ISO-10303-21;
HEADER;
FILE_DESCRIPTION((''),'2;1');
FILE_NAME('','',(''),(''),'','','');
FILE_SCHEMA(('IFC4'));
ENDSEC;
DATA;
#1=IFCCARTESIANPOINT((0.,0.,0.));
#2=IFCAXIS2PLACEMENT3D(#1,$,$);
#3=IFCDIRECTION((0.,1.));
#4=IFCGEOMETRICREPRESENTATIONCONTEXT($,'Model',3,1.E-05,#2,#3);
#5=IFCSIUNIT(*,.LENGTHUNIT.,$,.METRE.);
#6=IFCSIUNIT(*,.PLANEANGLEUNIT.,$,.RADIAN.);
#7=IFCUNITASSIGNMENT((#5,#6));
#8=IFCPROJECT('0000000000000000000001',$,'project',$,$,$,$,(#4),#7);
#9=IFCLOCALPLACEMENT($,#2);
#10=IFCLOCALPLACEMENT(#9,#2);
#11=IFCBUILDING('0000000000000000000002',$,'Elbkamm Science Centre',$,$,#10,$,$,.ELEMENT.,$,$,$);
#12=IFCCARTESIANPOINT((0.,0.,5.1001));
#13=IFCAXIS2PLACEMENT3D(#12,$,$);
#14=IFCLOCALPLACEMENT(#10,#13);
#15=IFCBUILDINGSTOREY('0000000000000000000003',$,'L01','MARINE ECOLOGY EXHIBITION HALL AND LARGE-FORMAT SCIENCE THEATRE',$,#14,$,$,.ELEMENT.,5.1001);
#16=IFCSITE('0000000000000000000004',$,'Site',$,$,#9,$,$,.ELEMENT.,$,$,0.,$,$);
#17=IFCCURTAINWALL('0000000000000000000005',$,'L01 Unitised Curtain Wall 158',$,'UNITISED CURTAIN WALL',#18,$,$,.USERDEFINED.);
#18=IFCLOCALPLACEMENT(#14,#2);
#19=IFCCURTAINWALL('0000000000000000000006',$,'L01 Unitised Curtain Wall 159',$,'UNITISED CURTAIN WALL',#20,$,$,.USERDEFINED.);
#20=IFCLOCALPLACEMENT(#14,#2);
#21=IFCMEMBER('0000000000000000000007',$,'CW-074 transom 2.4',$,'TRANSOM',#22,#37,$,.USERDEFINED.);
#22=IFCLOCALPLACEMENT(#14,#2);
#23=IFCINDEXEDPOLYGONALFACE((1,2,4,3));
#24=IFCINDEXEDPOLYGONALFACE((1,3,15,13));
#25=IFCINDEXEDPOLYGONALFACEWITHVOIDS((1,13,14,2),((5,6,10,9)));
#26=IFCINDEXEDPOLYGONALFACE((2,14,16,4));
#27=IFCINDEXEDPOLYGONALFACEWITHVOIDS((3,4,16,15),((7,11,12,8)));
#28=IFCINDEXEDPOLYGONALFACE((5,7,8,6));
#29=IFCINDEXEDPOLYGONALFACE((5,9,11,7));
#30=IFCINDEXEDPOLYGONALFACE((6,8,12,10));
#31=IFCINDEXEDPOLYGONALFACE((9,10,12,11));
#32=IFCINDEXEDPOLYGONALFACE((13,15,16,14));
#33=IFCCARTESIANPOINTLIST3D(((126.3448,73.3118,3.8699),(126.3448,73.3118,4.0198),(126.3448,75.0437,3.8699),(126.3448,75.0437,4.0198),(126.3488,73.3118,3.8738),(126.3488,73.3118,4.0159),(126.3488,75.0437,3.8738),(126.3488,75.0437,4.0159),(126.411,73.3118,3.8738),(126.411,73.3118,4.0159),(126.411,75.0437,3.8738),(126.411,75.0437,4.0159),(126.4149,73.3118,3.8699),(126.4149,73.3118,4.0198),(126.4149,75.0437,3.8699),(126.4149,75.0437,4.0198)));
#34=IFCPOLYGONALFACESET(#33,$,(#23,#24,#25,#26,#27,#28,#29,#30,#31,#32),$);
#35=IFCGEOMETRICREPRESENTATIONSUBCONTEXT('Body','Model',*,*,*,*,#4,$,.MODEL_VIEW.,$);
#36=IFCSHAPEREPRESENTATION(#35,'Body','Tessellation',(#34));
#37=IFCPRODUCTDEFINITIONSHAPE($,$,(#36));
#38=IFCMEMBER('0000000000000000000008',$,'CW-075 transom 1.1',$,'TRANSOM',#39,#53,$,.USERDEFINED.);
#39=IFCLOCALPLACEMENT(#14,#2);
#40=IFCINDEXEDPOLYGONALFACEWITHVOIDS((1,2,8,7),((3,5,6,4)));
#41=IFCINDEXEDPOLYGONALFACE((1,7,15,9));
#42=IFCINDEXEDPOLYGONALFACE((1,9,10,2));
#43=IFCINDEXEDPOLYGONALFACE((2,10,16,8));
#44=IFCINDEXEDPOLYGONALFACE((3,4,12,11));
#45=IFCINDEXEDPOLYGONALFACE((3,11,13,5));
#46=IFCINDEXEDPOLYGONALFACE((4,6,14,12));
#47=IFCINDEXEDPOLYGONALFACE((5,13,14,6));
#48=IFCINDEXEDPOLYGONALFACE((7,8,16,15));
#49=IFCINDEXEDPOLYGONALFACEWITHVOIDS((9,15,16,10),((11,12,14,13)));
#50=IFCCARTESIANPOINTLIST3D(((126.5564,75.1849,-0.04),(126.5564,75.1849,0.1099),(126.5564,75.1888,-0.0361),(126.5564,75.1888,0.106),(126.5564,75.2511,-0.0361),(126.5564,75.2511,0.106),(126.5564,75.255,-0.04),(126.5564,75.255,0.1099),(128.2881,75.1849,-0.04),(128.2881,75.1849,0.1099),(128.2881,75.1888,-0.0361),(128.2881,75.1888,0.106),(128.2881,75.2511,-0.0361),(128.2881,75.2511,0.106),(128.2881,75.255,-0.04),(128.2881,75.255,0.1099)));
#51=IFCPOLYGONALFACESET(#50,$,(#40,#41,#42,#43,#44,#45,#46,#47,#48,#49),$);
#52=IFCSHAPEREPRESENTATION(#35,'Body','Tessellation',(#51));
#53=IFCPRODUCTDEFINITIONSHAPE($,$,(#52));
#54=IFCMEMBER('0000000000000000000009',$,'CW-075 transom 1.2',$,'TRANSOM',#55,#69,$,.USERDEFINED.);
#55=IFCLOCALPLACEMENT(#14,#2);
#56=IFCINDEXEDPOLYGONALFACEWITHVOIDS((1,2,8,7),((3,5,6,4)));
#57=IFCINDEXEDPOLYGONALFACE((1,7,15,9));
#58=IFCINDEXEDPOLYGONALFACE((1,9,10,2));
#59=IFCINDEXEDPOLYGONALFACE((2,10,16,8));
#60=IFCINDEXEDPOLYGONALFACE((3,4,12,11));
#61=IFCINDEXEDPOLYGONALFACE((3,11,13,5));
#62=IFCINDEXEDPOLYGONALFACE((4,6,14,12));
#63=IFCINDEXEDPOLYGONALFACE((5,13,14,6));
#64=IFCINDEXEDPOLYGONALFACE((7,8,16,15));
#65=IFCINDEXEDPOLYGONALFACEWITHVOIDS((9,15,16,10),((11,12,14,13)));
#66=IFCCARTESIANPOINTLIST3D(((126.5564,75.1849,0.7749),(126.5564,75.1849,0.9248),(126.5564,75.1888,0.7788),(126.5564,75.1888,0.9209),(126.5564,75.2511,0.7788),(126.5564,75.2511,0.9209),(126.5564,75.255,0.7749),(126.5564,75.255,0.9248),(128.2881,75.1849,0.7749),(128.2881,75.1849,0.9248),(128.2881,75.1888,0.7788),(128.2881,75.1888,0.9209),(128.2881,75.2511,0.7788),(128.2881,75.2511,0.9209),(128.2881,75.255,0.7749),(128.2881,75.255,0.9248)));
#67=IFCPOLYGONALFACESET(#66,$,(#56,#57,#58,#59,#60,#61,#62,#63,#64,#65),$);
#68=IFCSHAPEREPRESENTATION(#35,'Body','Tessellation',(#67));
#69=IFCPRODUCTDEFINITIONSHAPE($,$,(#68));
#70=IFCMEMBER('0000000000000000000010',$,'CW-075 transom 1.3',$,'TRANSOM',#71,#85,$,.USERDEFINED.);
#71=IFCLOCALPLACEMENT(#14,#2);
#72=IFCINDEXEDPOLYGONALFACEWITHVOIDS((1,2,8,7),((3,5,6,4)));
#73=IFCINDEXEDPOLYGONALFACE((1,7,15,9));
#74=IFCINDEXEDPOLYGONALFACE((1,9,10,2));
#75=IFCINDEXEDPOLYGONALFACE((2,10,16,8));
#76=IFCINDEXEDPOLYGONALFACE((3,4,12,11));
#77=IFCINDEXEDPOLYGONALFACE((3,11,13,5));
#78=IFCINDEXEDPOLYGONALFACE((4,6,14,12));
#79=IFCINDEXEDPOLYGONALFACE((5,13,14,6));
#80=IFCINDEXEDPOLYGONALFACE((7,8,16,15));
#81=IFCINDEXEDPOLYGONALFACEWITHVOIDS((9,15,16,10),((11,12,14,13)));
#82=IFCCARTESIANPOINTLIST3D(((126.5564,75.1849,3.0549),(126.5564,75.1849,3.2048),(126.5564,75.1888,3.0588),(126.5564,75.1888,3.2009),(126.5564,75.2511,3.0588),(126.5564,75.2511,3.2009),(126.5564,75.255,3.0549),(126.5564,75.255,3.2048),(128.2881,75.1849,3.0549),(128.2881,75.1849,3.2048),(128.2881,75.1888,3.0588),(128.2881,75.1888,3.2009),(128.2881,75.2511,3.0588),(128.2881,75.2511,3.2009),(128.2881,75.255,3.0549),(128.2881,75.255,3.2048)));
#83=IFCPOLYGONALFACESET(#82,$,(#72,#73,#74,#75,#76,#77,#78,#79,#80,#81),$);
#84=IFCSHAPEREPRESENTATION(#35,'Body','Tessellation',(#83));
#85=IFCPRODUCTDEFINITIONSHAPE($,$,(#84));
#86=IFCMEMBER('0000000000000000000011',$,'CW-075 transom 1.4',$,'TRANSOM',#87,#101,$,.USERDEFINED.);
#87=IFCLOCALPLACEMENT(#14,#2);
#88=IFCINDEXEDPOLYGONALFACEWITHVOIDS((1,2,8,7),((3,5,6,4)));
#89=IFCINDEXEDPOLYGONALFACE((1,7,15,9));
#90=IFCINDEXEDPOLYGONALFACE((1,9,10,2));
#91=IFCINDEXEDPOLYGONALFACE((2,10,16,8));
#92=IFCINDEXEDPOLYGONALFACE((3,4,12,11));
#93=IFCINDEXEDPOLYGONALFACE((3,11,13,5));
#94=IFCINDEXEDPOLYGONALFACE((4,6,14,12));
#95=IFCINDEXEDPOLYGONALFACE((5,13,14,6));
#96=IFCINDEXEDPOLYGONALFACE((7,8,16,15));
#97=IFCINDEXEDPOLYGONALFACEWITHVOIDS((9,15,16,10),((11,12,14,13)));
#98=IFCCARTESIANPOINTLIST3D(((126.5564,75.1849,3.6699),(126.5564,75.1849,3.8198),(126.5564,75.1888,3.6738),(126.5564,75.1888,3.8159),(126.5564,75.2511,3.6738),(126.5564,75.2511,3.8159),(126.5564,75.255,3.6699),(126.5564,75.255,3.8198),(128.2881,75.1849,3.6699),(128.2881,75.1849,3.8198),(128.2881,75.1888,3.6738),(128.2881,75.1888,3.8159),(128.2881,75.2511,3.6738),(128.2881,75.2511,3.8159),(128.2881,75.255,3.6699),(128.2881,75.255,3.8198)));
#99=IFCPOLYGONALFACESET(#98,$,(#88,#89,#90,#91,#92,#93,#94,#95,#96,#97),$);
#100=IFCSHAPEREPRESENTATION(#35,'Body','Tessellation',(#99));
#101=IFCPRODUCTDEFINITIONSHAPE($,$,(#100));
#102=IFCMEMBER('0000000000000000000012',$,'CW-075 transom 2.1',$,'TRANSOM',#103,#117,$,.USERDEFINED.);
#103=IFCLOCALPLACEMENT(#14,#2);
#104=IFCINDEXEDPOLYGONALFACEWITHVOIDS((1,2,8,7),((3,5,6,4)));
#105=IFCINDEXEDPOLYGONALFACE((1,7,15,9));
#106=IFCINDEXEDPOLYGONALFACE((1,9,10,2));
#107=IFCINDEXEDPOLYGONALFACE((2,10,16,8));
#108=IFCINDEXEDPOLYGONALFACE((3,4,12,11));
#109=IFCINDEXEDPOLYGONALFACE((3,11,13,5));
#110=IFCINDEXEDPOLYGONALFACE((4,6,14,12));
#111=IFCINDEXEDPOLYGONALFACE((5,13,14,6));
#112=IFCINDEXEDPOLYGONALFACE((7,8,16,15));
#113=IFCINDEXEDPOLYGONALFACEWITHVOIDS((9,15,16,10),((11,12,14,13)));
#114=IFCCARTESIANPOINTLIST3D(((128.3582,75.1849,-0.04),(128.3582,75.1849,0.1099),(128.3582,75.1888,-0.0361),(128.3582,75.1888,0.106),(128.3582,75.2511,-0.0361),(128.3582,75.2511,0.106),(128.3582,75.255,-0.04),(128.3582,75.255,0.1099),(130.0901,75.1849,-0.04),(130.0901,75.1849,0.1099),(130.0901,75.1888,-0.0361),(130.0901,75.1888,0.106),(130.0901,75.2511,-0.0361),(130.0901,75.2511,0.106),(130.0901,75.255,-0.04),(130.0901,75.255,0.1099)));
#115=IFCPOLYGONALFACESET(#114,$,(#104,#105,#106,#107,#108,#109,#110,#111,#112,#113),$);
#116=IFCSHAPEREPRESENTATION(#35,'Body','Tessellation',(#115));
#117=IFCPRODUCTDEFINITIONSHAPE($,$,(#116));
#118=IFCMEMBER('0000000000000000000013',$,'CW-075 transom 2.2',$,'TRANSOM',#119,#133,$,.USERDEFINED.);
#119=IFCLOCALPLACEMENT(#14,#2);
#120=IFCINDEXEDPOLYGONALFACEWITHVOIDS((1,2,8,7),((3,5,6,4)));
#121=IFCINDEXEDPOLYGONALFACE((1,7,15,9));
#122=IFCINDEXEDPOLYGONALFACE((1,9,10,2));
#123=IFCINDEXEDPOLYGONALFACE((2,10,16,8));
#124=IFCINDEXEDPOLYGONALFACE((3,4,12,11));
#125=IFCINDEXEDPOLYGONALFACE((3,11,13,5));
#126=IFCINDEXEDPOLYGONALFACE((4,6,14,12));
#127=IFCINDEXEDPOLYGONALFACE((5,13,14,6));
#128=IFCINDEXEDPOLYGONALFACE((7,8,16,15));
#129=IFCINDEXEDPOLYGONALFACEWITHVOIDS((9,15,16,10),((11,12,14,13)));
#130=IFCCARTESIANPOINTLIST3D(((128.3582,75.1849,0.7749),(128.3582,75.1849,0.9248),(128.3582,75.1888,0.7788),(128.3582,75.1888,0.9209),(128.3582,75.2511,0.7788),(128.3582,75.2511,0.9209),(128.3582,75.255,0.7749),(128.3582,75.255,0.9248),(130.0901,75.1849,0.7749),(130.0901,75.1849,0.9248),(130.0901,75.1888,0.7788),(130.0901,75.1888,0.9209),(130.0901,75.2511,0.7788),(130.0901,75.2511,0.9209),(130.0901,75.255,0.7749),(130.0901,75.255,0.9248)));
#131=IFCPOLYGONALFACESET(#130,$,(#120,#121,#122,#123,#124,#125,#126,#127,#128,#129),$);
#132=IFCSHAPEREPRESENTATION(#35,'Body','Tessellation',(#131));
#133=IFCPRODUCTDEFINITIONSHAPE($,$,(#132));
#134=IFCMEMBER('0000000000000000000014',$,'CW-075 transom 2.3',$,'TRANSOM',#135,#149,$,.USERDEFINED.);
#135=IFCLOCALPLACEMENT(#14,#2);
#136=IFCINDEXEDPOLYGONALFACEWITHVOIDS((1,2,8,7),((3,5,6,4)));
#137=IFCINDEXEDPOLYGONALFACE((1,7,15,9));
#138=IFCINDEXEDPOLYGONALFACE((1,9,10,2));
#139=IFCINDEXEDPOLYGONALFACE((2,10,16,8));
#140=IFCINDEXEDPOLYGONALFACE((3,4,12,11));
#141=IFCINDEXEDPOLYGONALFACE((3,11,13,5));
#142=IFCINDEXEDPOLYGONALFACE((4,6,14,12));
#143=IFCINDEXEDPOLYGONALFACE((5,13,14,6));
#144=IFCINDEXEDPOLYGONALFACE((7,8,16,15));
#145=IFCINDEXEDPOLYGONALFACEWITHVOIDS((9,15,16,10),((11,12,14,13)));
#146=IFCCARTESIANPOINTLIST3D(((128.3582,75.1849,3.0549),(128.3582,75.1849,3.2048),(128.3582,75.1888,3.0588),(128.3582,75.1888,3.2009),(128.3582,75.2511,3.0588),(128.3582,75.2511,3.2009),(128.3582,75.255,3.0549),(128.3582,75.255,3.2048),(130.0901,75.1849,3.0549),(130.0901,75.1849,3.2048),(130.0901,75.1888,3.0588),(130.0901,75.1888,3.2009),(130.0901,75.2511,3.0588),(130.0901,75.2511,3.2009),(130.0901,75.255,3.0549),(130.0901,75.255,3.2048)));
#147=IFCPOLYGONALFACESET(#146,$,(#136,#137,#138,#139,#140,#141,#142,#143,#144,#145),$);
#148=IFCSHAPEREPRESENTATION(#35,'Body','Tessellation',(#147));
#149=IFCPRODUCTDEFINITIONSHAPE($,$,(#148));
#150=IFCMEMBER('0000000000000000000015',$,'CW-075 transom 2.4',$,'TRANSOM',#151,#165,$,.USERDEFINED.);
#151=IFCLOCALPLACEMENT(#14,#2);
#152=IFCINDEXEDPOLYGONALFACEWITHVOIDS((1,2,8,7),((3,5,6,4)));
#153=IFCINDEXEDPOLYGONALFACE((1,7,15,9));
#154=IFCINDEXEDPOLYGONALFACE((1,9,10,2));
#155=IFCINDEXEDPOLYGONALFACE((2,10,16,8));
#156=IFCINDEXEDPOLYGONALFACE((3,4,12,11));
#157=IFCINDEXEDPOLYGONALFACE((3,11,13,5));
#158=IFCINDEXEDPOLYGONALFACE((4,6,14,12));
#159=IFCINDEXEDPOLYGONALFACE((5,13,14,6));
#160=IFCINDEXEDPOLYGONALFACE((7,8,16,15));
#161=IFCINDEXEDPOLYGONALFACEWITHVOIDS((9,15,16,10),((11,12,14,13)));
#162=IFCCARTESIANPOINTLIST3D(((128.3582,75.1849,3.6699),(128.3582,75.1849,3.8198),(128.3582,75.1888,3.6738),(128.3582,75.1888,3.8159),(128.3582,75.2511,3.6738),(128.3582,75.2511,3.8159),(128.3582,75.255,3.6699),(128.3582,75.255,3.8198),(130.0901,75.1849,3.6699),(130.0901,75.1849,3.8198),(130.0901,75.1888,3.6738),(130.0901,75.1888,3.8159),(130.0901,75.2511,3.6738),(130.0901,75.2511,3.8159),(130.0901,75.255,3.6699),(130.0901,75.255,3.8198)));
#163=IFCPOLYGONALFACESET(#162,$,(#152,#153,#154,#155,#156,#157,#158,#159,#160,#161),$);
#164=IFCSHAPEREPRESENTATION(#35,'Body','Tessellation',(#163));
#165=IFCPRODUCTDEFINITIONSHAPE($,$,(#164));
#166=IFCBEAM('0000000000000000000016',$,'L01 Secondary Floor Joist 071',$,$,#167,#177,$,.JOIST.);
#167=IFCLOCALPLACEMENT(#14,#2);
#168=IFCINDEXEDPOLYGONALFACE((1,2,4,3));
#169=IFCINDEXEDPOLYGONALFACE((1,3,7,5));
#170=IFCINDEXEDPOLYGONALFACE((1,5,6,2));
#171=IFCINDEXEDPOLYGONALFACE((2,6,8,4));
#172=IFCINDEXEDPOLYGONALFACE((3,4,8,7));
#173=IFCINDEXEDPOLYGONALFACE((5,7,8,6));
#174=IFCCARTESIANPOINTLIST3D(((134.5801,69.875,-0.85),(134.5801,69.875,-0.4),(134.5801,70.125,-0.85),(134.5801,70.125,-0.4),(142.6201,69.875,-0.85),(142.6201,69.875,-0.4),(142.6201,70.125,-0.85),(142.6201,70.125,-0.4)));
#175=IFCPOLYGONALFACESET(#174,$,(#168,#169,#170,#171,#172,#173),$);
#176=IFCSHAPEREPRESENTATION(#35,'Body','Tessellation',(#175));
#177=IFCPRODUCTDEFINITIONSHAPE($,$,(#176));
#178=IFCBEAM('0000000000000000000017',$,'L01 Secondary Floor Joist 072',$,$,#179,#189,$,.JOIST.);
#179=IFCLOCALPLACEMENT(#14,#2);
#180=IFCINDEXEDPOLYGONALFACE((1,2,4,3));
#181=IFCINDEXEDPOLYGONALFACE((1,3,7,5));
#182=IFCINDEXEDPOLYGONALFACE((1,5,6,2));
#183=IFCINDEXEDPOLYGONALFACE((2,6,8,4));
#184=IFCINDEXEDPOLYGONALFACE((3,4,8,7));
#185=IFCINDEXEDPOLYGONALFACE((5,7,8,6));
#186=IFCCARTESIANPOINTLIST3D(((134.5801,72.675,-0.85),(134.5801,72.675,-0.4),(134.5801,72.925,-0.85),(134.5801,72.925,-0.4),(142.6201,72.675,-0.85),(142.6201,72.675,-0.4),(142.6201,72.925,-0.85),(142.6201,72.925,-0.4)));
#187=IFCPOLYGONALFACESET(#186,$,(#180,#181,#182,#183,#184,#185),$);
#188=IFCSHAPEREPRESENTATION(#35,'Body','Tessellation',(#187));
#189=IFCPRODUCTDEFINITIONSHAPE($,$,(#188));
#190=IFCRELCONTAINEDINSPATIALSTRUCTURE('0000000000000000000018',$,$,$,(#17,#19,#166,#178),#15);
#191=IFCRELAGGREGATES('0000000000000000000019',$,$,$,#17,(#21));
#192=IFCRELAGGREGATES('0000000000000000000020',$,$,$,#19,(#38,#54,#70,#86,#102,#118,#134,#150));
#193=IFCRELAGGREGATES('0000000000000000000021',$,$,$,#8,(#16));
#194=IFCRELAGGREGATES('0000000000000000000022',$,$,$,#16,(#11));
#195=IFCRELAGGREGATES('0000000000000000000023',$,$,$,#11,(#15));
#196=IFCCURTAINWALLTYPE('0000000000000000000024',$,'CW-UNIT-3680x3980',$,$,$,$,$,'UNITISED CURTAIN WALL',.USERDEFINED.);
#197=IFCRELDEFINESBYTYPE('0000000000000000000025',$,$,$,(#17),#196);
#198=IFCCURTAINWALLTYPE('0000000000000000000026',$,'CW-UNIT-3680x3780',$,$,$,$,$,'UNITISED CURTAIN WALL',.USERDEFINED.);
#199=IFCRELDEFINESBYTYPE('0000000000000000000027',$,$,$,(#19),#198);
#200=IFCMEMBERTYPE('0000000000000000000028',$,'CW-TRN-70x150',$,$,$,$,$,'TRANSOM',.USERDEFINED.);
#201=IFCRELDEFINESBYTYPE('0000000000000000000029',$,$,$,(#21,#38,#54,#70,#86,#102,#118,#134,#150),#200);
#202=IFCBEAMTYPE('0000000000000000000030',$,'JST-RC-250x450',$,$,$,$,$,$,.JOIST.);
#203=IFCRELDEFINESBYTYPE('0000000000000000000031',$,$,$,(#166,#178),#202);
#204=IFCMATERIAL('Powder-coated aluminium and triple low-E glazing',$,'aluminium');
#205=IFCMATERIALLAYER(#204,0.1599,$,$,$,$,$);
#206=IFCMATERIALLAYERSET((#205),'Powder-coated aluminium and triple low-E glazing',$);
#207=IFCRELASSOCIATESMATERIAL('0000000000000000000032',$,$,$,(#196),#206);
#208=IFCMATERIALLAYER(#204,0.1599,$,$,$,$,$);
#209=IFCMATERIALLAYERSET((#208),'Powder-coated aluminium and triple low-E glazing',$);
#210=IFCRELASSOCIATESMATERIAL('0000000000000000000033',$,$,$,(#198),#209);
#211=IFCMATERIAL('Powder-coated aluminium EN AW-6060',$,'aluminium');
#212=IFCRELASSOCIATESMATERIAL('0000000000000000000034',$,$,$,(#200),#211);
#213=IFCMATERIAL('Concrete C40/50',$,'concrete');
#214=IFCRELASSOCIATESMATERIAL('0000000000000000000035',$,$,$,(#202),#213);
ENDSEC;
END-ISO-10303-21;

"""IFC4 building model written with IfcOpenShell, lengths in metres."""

from ifc_helpers import new_model, si_unit, direction, frame, origin, origin_2d, place, context, subcontext, project, spatial, rectangle, hollow_rectangle, extrude, material, layer, layer_set, material_profile, profile_set, type_object, element, aggregate, save


model = new_model("IFC4")

# Units and contexts
model_context = context("Model", 3, precision=1e-05, world=origin(), true_north=direction((0.0, 1.0)))
body_context = subcontext(model_context, "Body", "Model", "MODEL_VIEW")
ifc_project = project(units=[si_unit("LENGTHUNIT", "METRE"), si_unit("PLANEANGLEUNIT", "RADIAN")], contexts=[model_context])

# Site, building, storey
site_placement = place(None, origin())
site = spatial("IfcSite", under=ifc_project, at=site_placement, Name="Site", CompositionType="ELEMENT", RefElevation=0.0)
building_placement = place(site_placement, origin())
building = spatial("IfcBuilding", under=site, at=building_placement, Name="Elbkamm Science Centre", CompositionType="ELEMENT")
storey_placement = place(building_placement, frame((0.0, 0.0, 5.1001)))
storey = spatial("IfcBuildingStorey", under=building, at=storey_placement, Name="L01", Description="MARINE ECOLOGY EXHIBITION HALL AND LARGE-FORMAT SCIENCE THEATRE", CompositionType="ELEMENT", Elevation=5.1001)

# Shared definitions
ifc_material_1 = material(Name="Concrete C40/50", Category="concrete")

# Curtain walls
ifc_material_2 = material(Name="Powder-coated aluminium and triple low-E glazing", Category="aluminium")
ifc_layer_1 = layer(ifc_material_2, 0.1599)
ifc_layer_set_1 = layer_set([ifc_layer_1], Name="Powder-coated aluminium and triple low-E glazing")
curtain_wall_type_1 = type_object("IfcCurtainWallType", Name="CW-UNIT-3680x3980", ElementType="UNITISED CURTAIN WALL", PredefinedType="USERDEFINED", material=ifc_layer_set_1)
curtain_wall_1_placement = place(storey_placement, origin())
curtain_wall_1 = element("IfcCurtainWall", 1, at=curtain_wall_1_placement, inside=storey, type_object=curtain_wall_type_1, Name="L01 Unitised Curtain Wall 158", ObjectType="UNITISED CURTAIN WALL", PredefinedType="USERDEFINED")
ifc_material_3 = material(Name="Powder-coated aluminium EN AW-6060", Category="aluminium")
ifc_layer_2 = layer(ifc_material_2, 0.1599)
ifc_layer_set_2 = layer_set([ifc_layer_2], Name="Powder-coated aluminium and triple low-E glazing")
curtain_wall_type_2 = type_object("IfcCurtainWallType", Name="CW-UNIT-3680x3780", ElementType="UNITISED CURTAIN WALL", PredefinedType="USERDEFINED", material=ifc_layer_set_2)
curtain_wall_2_placement = place(storey_placement, origin())
curtain_wall_2 = element("IfcCurtainWall", 2, at=curtain_wall_2_placement, inside=storey, type_object=curtain_wall_type_2, Name="L01 Unitised Curtain Wall 159", ObjectType="UNITISED CURTAIN WALL", PredefinedType="USERDEFINED")

# Members
ifc_material_profile_1 = material_profile(ifc_material_3, hollow_rectangle(XDim=0.0701, YDim=0.1499, WallThickness=0.0039, at=origin_2d()), Name="ALU T70x150")
ifc_profile_set_1 = profile_set([ifc_material_profile_1], Name="Powder-coated aluminium EN AW-6060")
member_type_1 = type_object("IfcMemberType", Name="CW-TRN-70x150", ElementType="TRANSOM", PredefinedType="USERDEFINED", material=ifc_profile_set_1)
member_1_placement = place(storey_placement, frame((126.3799, 73.3118, 3.9448), z_axis=(0.0, 1.0, 0.0), x_axis=(-1.0, 0.0, 0.0)))
member_1 = element("IfcMember", 3, at=member_1_placement, type_object=member_type_1, Name="CW-074 transom 2.4", ObjectType="TRANSOM", PredefinedType="USERDEFINED", context=body_context, shape_type="SweptSolid", body=[
    extrude(hollow_rectangle(XDim=0.0701, YDim=0.1499, WallThickness=0.0039, at=origin_2d()), origin(), (0.0, 0.0, 1.0), 1.7319),
])
member_2_placement = place(storey_placement, frame((126.5564, 75.22, 0.0349), z_axis=(1.0, 0.0, 0.0), x_axis=(0.0, 1.0, 0.0)))
member_2 = element("IfcMember", 4, at=member_2_placement, type_object=member_type_1, Name="CW-075 transom 1.1", ObjectType="TRANSOM", PredefinedType="USERDEFINED", context=body_context, shape_type="SweptSolid", body=[
    extrude(hollow_rectangle(XDim=0.0701, YDim=0.1499, WallThickness=0.0039, at=origin_2d()), origin(), (0.0, 0.0, 1.0), 1.7317),
])
member_3_placement = place(storey_placement, frame((126.5564, 75.22, 0.8499), z_axis=(1.0, 0.0, 0.0), x_axis=(0.0, 1.0, 0.0)))
member_3 = element("IfcMember", 5, at=member_3_placement, type_object=member_type_1, Name="CW-075 transom 1.2", ObjectType="TRANSOM", PredefinedType="USERDEFINED", context=body_context, shape_type="SweptSolid", body=[
    extrude(hollow_rectangle(XDim=0.0701, YDim=0.1499, WallThickness=0.0039, at=origin_2d()), origin(), (0.0, 0.0, 1.0), 1.7317),
])
member_4_placement = place(storey_placement, frame((126.5564, 75.22, 3.1299), z_axis=(1.0, 0.0, 0.0), x_axis=(0.0, 1.0, 0.0)))
member_4 = element("IfcMember", 6, at=member_4_placement, type_object=member_type_1, Name="CW-075 transom 1.3", ObjectType="TRANSOM", PredefinedType="USERDEFINED", context=body_context, shape_type="SweptSolid", body=[
    extrude(hollow_rectangle(XDim=0.0701, YDim=0.1499, WallThickness=0.0039, at=origin_2d()), origin(), (0.0, 0.0, 1.0), 1.7317),
])
member_5_placement = place(storey_placement, frame((126.5564, 75.22, 3.7449), z_axis=(1.0, 0.0, 0.0), x_axis=(0.0, 1.0, 0.0)))
member_5 = element("IfcMember", 7, at=member_5_placement, type_object=member_type_1, Name="CW-075 transom 1.4", ObjectType="TRANSOM", PredefinedType="USERDEFINED", context=body_context, shape_type="SweptSolid", body=[
    extrude(hollow_rectangle(XDim=0.0701, YDim=0.1499, WallThickness=0.0039, at=origin_2d()), origin(), (0.0, 0.0, 1.0), 1.7317),
])
member_6_placement = place(storey_placement, frame((128.3582, 75.22, 0.0349), z_axis=(1.0, 0.0, 0.0), x_axis=(0.0, 1.0, 0.0)))
member_6 = element("IfcMember", 8, at=member_6_placement, type_object=member_type_1, Name="CW-075 transom 2.1", ObjectType="TRANSOM", PredefinedType="USERDEFINED", context=body_context, shape_type="SweptSolid", body=[
    extrude(hollow_rectangle(XDim=0.0701, YDim=0.1499, WallThickness=0.0039, at=origin_2d()), origin(), (0.0, 0.0, 1.0), 1.7319),
])
member_7_placement = place(storey_placement, frame((128.3582, 75.22, 0.8499), z_axis=(1.0, 0.0, 0.0), x_axis=(0.0, 1.0, 0.0)))
member_7 = element("IfcMember", 9, at=member_7_placement, type_object=member_type_1, Name="CW-075 transom 2.2", ObjectType="TRANSOM", PredefinedType="USERDEFINED", context=body_context, shape_type="SweptSolid", body=[
    extrude(hollow_rectangle(XDim=0.0701, YDim=0.1499, WallThickness=0.0039, at=origin_2d()), origin(), (0.0, 0.0, 1.0), 1.7319),
])
member_8_placement = place(storey_placement, frame((128.3582, 75.22, 3.1299), z_axis=(1.0, 0.0, 0.0), x_axis=(0.0, 1.0, 0.0)))
member_8 = element("IfcMember", 10, at=member_8_placement, type_object=member_type_1, Name="CW-075 transom 2.3", ObjectType="TRANSOM", PredefinedType="USERDEFINED", context=body_context, shape_type="SweptSolid", body=[
    extrude(hollow_rectangle(XDim=0.0701, YDim=0.1499, WallThickness=0.0039, at=origin_2d()), origin(), (0.0, 0.0, 1.0), 1.7319),
])
member_9_placement = place(storey_placement, frame((128.3582, 75.22, 3.7449), z_axis=(1.0, 0.0, 0.0), x_axis=(0.0, 1.0, 0.0)))
member_9 = element("IfcMember", 11, at=member_9_placement, type_object=member_type_1, Name="CW-075 transom 2.4", ObjectType="TRANSOM", PredefinedType="USERDEFINED", context=body_context, shape_type="SweptSolid", body=[
    extrude(hollow_rectangle(XDim=0.0701, YDim=0.1499, WallThickness=0.0039, at=origin_2d()), origin(), (0.0, 0.0, 1.0), 1.7319),
])

# Beams
ifc_material_profile_2 = material_profile(ifc_material_1, rectangle(XDim=0.25, YDim=0.45, at=origin_2d()), Name="RC 250x450")
ifc_profile_set_2 = profile_set([ifc_material_profile_2], Name="Concrete C40/50")
beam_type_1 = type_object("IfcBeamType", Name="JST-RC-250x450", PredefinedType="JOIST", material=ifc_profile_set_2)
for number, where, z_axis, x_axis, name in (
    (12, (134.5801, 70.0, -0.625), (1.0, 0.0, 0.0), (0.0, 1.0, 0.0), "L01 Secondary Floor Joist 071"),
    (13, (134.5801, 72.8, -0.625), (1.0, 0.0, 0.0), (0.0, 1.0, 0.0), "L01 Secondary Floor Joist 072"),
):
    element("IfcBeam", number, at=place(storey_placement, frame(where, z_axis=z_axis, x_axis=x_axis)), inside=storey, type_object=beam_type_1, Name=name, PredefinedType="JOIST", context=body_context, shape_type="SweptSolid", body=[
        extrude(rectangle(XDim=0.25, YDim=0.45, at=origin_2d()), origin(), (0.0, 0.0, 1.0), 8.04),
    ])

aggregate(curtain_wall_1, [member_1])
aggregate(curtain_wall_2, [member_2, member_3, member_4, member_5, member_6, member_7, member_8, member_9])

save(model, "model.ifc")
